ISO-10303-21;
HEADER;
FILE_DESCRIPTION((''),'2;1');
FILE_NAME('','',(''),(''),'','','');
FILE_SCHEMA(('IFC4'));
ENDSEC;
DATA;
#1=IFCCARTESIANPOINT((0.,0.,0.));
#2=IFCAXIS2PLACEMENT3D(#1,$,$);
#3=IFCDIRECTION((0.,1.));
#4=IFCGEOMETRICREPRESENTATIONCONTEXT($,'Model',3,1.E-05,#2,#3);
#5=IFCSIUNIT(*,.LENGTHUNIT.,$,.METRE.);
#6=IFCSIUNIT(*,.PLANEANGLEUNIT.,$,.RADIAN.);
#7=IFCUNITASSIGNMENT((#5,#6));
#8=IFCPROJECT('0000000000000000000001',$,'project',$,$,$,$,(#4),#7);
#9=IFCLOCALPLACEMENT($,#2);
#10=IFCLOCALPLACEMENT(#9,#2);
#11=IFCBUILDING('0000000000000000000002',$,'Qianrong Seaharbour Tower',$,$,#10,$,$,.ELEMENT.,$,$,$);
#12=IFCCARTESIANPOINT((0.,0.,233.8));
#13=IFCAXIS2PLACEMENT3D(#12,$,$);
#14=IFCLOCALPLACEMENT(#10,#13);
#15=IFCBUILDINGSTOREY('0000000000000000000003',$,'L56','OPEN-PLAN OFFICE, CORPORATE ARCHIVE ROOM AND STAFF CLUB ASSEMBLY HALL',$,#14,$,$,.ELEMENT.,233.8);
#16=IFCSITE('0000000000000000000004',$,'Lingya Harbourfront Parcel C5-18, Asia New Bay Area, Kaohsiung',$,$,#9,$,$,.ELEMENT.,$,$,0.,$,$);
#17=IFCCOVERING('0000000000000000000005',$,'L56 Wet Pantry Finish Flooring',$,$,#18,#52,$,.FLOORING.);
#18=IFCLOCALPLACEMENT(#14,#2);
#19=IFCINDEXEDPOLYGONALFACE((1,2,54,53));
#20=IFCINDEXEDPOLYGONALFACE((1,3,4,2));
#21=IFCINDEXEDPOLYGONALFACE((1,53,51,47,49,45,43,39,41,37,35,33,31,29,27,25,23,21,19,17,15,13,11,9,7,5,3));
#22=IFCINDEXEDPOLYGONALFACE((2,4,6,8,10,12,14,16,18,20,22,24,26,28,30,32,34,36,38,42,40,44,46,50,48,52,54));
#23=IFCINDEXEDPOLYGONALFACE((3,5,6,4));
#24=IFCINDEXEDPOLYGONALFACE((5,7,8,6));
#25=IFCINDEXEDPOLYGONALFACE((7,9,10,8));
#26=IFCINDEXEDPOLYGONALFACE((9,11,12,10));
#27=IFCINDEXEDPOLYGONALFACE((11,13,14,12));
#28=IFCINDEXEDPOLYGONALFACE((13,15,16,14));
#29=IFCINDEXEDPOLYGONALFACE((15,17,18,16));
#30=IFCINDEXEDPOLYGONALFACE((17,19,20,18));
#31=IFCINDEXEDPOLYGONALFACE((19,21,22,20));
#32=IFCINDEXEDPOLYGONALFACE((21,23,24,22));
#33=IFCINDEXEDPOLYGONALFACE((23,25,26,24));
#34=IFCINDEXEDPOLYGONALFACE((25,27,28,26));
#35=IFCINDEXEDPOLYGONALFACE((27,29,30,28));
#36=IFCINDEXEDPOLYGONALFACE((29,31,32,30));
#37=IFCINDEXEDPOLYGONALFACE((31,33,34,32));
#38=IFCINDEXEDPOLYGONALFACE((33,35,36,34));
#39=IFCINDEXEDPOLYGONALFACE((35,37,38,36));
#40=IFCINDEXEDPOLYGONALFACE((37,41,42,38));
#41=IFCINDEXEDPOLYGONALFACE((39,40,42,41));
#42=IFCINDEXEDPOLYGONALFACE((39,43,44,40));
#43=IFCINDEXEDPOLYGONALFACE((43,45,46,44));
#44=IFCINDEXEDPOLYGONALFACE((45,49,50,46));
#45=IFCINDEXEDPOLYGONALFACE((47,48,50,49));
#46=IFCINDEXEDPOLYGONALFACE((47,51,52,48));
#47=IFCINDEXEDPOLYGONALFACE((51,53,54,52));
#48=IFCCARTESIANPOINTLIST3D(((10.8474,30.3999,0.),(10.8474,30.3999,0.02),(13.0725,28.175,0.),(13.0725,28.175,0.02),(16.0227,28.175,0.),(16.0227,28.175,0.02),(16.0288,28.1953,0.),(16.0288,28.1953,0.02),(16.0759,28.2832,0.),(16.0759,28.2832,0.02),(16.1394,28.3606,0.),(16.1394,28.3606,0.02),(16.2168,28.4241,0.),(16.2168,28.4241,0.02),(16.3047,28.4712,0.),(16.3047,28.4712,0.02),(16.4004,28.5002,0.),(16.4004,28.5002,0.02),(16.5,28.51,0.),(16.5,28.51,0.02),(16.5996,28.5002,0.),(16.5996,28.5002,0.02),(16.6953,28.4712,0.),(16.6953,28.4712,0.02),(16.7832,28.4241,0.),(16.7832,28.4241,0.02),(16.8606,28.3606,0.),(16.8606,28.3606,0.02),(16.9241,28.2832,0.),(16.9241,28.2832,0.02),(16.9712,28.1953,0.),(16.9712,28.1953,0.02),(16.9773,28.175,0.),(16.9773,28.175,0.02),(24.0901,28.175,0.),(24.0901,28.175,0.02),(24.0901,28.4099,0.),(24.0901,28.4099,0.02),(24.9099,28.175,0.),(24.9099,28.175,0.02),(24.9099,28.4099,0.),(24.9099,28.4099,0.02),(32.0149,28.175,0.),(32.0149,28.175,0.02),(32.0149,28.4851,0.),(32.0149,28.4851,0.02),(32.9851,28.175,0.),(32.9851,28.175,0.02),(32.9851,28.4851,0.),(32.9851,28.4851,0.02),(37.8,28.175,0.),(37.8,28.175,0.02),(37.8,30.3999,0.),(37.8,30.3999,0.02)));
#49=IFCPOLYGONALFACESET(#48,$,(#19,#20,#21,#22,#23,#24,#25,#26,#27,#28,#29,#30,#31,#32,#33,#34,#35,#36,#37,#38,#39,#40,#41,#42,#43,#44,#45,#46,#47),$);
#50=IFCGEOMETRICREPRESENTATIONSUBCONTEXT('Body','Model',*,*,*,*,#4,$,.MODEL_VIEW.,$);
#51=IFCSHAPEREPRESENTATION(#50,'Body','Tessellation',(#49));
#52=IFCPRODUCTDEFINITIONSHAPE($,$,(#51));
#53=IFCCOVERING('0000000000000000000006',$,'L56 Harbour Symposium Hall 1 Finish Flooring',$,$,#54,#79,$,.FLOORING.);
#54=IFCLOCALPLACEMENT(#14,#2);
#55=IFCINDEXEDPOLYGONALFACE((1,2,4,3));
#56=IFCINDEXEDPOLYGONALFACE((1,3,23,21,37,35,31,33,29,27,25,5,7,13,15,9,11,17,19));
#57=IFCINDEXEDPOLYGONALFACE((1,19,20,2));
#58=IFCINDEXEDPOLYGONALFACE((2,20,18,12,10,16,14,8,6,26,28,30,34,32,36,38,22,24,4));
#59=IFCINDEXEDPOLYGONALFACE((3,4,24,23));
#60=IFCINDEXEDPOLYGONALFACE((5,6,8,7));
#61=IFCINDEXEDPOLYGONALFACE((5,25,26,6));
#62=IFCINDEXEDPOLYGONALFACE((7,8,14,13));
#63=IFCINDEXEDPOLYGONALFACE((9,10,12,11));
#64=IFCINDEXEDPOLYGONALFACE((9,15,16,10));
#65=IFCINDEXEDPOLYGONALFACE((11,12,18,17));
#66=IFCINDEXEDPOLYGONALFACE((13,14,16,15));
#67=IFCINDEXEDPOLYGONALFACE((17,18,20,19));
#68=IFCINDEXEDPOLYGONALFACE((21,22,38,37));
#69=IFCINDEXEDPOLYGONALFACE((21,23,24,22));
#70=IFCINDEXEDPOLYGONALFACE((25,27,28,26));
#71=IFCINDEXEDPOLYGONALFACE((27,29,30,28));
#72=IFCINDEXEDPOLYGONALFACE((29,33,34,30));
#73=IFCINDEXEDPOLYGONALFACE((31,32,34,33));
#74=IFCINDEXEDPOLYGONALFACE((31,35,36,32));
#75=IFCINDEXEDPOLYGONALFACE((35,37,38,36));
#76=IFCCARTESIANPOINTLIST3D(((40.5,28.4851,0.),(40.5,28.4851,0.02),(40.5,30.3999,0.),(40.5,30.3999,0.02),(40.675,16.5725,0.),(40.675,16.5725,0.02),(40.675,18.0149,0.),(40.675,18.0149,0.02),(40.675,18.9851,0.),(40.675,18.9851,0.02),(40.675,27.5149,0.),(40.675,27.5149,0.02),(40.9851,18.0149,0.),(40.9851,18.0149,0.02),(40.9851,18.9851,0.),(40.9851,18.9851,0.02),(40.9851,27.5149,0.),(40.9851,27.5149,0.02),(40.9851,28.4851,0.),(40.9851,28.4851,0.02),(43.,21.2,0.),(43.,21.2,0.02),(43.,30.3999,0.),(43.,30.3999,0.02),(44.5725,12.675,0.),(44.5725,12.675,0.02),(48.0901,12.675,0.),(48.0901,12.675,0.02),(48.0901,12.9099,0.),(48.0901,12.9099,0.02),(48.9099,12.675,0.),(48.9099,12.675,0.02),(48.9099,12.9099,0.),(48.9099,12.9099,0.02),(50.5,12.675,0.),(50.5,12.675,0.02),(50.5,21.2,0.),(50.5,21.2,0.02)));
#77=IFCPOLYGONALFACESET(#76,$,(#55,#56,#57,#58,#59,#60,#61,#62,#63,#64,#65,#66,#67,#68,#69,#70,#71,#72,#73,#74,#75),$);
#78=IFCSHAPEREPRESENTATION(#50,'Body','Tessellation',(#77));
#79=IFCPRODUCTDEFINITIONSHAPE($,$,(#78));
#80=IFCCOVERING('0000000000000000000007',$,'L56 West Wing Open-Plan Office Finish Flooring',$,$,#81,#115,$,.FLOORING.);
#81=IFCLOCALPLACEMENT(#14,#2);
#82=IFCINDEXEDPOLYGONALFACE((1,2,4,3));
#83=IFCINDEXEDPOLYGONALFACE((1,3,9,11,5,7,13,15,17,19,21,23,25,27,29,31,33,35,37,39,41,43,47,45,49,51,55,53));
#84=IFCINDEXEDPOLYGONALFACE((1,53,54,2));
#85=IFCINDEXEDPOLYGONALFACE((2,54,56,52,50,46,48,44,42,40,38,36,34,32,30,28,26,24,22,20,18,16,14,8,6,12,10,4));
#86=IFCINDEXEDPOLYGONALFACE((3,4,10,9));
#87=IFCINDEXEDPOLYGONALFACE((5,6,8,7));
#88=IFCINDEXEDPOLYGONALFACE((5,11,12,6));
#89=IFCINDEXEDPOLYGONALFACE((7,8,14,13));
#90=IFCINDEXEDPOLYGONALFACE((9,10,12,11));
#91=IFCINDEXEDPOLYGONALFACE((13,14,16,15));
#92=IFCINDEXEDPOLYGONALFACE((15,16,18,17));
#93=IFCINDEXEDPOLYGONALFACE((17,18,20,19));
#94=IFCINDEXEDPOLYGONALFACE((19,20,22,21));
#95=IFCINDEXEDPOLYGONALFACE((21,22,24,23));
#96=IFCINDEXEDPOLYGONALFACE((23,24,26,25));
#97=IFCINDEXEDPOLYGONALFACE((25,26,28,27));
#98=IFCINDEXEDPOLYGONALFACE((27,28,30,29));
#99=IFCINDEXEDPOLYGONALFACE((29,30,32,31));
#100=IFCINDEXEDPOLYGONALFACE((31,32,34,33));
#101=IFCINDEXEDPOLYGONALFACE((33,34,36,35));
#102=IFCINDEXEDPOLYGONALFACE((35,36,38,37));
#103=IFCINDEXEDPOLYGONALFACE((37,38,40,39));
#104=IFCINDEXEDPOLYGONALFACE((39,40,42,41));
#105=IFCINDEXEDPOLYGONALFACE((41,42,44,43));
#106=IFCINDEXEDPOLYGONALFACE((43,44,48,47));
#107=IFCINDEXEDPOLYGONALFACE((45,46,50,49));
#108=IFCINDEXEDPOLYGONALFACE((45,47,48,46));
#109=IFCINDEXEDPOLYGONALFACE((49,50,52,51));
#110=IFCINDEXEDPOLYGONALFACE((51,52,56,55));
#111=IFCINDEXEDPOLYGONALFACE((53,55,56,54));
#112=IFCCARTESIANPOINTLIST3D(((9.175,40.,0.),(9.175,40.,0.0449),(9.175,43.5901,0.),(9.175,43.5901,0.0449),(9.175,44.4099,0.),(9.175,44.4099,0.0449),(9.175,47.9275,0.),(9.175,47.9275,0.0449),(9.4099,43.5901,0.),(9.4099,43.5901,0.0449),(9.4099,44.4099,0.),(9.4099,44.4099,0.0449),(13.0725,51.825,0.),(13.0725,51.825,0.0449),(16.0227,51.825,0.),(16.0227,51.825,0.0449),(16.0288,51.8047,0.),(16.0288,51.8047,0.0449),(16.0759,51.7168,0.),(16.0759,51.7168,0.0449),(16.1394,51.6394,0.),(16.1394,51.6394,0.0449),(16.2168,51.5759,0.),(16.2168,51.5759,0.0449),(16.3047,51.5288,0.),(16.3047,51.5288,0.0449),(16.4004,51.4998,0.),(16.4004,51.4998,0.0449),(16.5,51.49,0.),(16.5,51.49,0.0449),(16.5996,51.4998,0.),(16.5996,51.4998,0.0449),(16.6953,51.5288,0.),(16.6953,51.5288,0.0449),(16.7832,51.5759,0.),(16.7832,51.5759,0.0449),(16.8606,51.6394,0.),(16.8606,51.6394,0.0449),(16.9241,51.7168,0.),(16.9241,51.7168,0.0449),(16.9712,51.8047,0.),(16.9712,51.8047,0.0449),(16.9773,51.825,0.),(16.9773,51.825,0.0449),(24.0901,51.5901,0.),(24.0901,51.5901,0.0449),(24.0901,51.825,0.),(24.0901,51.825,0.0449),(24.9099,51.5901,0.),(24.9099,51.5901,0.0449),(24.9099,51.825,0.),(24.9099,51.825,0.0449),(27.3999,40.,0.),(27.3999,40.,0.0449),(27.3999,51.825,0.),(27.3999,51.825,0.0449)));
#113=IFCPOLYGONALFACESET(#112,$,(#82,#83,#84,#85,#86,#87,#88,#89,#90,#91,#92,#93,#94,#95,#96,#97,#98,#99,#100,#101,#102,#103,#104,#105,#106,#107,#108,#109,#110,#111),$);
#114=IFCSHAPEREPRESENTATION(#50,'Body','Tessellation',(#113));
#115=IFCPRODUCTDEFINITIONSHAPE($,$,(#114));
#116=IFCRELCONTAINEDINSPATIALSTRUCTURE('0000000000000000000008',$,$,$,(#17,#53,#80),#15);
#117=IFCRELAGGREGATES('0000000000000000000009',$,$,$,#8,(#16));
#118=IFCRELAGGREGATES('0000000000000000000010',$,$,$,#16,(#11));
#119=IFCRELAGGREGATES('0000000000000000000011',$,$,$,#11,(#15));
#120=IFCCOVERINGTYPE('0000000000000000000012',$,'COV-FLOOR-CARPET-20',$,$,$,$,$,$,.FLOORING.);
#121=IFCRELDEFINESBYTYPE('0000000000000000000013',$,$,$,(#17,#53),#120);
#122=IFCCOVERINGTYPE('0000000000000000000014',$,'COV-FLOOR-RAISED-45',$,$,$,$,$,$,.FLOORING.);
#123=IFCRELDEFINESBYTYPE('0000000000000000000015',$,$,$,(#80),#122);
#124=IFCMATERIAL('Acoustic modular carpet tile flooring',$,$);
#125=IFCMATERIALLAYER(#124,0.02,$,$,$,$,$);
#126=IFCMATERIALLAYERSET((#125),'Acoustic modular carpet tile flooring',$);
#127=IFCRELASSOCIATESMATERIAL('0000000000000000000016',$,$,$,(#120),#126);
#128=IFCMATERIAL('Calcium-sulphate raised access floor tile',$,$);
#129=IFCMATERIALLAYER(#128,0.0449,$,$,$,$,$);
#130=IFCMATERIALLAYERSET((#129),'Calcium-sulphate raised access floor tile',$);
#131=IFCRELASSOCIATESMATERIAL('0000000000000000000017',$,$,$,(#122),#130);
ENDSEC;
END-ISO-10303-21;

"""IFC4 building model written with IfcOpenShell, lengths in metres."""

from ifc_helpers import new_model, si_unit, direction, frame, origin, place, context, subcontext, project, spatial, polyline, outline, extrude, material, layer, layer_set, type_object, element, save


model = new_model("IFC4")

# Units and contexts
model_context = context("Model", 3, precision=1e-05, world=origin(), true_north=direction((0.0, 1.0)))
body_context = subcontext(model_context, "Body", "Model", "MODEL_VIEW")
ifc_project = project(units=[si_unit("LENGTHUNIT", "METRE"), si_unit("PLANEANGLEUNIT", "RADIAN")], contexts=[model_context])

# Site, building, storey
site_placement = place(None, origin())
site = spatial("IfcSite", under=ifc_project, at=site_placement, Name="Lingya Harbourfront Parcel C5-18, Asia New Bay Area, Kaohsiung", CompositionType="ELEMENT", RefElevation=0.0)
building_placement = place(site_placement, origin())
building = spatial("IfcBuilding", under=site, at=building_placement, Name="Qianrong Seaharbour Tower", CompositionType="ELEMENT")
storey_placement = place(building_placement, frame((0.0, 0.0, 233.8)))
storey = spatial("IfcBuildingStorey", under=building, at=storey_placement, Name="L56", Description="OPEN-PLAN OFFICE, CORPORATE ARCHIVE ROOM AND STAFF CLUB ASSEMBLY HALL", CompositionType="ELEMENT", Elevation=233.8)

# Coverings
ifc_material_1 = material(Name="Acoustic modular carpet tile flooring")
ifc_layer_1 = layer(ifc_material_1, 0.02)
ifc_layer_set_1 = layer_set([ifc_layer_1], Name="Acoustic modular carpet tile flooring")
covering_type_1 = type_object("IfcCoveringType", Name="COV-FLOOR-CARPET-20", PredefinedType="FLOORING", material=ifc_layer_set_1)
covering_1_placement = place(storey_placement, origin())
element("IfcCovering", 1, at=covering_1_placement, inside=storey, type_object=covering_type_1, Name="L56 Wet Pantry Finish Flooring", PredefinedType="FLOORING", context=body_context, shape_type="SweptSolid", body=[
    extrude(outline(polyline([(32.9851, 28.175), (32.9851, 28.4851), (32.0149, 28.4851), (32.0149, 28.175), (24.9099, 28.175), (24.9099, 28.4099), (24.0901, 28.4099), (24.0901, 28.175), (16.9773, 28.175), (16.9712, 28.1953), (16.9241, 28.2832), (16.8606, 28.3606), (16.7832, 28.4241), (16.6953, 28.4712), (16.5996, 28.5002), (16.5, 28.51), (16.4004, 28.5002), (16.3047, 28.4712), (16.2168, 28.4241), (16.1394, 28.3606), (16.0759, 28.2832), (16.0288, 28.1953), (16.0227, 28.175), (13.0725, 28.175), (10.8474, 30.3999), (37.8, 30.3999), (37.8, 28.175), (32.9851, 28.175)])), origin(), (0.0, 0.0, 1.0), 0.02),
])
covering_2_placement = place(storey_placement, origin())
element("IfcCovering", 2, at=covering_2_placement, inside=storey, type_object=covering_type_1, Name="L56 Harbour Symposium Hall 1 Finish Flooring", PredefinedType="FLOORING", context=body_context, shape_type="SweptSolid", body=[
    extrude(outline(polyline([(43.0, 21.2), (50.5, 21.2), (50.5, 12.675), (48.9099, 12.675), (48.9099, 12.9099), (48.0901, 12.9099), (48.0901, 12.675), (44.5725, 12.675), (40.675, 16.5725), (40.675, 18.0149), (40.9851, 18.0149), (40.9851, 18.9851), (40.675, 18.9851), (40.675, 27.5149), (40.9851, 27.5149), (40.9851, 28.4851), (40.5, 28.4851), (40.5, 30.3999), (43.0, 30.3999), (43.0, 21.2)])), origin(), (0.0, 0.0, 1.0), 0.02),
])
ifc_material_2 = material(Name="Calcium-sulphate raised access floor tile")
ifc_layer_2 = layer(ifc_material_2, 0.0449)
ifc_layer_set_2 = layer_set([ifc_layer_2], Name="Calcium-sulphate raised access floor tile")
covering_type_2 = type_object("IfcCoveringType", Name="COV-FLOOR-RAISED-45", PredefinedType="FLOORING", material=ifc_layer_set_2)
covering_3_placement = place(storey_placement, origin())
element("IfcCovering", 3, at=covering_3_placement, inside=storey, type_object=covering_type_2, Name="L56 West Wing Open-Plan Office Finish Flooring", PredefinedType="FLOORING", context=body_context, shape_type="SweptSolid", body=[
    extrude(outline(polyline([(9.175, 43.5901), (9.4099, 43.5901), (9.4099, 44.4099), (9.175, 44.4099), (9.175, 47.9275), (13.0725, 51.825), (16.0227, 51.825), (16.0288, 51.8047), (16.0759, 51.7168), (16.1394, 51.6394), (16.2168, 51.5759), (16.3047, 51.5288), (16.4004, 51.4998), (16.5, 51.49), (16.5996, 51.4998), (16.6953, 51.5288), (16.7832, 51.5759), (16.8606, 51.6394), (16.9241, 51.7168), (16.9712, 51.8047), (16.9773, 51.825), (24.0901, 51.825), (24.0901, 51.5901), (24.9099, 51.5901), (24.9099, 51.825), (27.3999, 51.825), (27.3999, 40.0), (9.175, 40.0), (9.175, 43.5901)])), origin(), (0.0, 0.0, 1.0), 0.0449),
])

save(model, "model.ifc")
